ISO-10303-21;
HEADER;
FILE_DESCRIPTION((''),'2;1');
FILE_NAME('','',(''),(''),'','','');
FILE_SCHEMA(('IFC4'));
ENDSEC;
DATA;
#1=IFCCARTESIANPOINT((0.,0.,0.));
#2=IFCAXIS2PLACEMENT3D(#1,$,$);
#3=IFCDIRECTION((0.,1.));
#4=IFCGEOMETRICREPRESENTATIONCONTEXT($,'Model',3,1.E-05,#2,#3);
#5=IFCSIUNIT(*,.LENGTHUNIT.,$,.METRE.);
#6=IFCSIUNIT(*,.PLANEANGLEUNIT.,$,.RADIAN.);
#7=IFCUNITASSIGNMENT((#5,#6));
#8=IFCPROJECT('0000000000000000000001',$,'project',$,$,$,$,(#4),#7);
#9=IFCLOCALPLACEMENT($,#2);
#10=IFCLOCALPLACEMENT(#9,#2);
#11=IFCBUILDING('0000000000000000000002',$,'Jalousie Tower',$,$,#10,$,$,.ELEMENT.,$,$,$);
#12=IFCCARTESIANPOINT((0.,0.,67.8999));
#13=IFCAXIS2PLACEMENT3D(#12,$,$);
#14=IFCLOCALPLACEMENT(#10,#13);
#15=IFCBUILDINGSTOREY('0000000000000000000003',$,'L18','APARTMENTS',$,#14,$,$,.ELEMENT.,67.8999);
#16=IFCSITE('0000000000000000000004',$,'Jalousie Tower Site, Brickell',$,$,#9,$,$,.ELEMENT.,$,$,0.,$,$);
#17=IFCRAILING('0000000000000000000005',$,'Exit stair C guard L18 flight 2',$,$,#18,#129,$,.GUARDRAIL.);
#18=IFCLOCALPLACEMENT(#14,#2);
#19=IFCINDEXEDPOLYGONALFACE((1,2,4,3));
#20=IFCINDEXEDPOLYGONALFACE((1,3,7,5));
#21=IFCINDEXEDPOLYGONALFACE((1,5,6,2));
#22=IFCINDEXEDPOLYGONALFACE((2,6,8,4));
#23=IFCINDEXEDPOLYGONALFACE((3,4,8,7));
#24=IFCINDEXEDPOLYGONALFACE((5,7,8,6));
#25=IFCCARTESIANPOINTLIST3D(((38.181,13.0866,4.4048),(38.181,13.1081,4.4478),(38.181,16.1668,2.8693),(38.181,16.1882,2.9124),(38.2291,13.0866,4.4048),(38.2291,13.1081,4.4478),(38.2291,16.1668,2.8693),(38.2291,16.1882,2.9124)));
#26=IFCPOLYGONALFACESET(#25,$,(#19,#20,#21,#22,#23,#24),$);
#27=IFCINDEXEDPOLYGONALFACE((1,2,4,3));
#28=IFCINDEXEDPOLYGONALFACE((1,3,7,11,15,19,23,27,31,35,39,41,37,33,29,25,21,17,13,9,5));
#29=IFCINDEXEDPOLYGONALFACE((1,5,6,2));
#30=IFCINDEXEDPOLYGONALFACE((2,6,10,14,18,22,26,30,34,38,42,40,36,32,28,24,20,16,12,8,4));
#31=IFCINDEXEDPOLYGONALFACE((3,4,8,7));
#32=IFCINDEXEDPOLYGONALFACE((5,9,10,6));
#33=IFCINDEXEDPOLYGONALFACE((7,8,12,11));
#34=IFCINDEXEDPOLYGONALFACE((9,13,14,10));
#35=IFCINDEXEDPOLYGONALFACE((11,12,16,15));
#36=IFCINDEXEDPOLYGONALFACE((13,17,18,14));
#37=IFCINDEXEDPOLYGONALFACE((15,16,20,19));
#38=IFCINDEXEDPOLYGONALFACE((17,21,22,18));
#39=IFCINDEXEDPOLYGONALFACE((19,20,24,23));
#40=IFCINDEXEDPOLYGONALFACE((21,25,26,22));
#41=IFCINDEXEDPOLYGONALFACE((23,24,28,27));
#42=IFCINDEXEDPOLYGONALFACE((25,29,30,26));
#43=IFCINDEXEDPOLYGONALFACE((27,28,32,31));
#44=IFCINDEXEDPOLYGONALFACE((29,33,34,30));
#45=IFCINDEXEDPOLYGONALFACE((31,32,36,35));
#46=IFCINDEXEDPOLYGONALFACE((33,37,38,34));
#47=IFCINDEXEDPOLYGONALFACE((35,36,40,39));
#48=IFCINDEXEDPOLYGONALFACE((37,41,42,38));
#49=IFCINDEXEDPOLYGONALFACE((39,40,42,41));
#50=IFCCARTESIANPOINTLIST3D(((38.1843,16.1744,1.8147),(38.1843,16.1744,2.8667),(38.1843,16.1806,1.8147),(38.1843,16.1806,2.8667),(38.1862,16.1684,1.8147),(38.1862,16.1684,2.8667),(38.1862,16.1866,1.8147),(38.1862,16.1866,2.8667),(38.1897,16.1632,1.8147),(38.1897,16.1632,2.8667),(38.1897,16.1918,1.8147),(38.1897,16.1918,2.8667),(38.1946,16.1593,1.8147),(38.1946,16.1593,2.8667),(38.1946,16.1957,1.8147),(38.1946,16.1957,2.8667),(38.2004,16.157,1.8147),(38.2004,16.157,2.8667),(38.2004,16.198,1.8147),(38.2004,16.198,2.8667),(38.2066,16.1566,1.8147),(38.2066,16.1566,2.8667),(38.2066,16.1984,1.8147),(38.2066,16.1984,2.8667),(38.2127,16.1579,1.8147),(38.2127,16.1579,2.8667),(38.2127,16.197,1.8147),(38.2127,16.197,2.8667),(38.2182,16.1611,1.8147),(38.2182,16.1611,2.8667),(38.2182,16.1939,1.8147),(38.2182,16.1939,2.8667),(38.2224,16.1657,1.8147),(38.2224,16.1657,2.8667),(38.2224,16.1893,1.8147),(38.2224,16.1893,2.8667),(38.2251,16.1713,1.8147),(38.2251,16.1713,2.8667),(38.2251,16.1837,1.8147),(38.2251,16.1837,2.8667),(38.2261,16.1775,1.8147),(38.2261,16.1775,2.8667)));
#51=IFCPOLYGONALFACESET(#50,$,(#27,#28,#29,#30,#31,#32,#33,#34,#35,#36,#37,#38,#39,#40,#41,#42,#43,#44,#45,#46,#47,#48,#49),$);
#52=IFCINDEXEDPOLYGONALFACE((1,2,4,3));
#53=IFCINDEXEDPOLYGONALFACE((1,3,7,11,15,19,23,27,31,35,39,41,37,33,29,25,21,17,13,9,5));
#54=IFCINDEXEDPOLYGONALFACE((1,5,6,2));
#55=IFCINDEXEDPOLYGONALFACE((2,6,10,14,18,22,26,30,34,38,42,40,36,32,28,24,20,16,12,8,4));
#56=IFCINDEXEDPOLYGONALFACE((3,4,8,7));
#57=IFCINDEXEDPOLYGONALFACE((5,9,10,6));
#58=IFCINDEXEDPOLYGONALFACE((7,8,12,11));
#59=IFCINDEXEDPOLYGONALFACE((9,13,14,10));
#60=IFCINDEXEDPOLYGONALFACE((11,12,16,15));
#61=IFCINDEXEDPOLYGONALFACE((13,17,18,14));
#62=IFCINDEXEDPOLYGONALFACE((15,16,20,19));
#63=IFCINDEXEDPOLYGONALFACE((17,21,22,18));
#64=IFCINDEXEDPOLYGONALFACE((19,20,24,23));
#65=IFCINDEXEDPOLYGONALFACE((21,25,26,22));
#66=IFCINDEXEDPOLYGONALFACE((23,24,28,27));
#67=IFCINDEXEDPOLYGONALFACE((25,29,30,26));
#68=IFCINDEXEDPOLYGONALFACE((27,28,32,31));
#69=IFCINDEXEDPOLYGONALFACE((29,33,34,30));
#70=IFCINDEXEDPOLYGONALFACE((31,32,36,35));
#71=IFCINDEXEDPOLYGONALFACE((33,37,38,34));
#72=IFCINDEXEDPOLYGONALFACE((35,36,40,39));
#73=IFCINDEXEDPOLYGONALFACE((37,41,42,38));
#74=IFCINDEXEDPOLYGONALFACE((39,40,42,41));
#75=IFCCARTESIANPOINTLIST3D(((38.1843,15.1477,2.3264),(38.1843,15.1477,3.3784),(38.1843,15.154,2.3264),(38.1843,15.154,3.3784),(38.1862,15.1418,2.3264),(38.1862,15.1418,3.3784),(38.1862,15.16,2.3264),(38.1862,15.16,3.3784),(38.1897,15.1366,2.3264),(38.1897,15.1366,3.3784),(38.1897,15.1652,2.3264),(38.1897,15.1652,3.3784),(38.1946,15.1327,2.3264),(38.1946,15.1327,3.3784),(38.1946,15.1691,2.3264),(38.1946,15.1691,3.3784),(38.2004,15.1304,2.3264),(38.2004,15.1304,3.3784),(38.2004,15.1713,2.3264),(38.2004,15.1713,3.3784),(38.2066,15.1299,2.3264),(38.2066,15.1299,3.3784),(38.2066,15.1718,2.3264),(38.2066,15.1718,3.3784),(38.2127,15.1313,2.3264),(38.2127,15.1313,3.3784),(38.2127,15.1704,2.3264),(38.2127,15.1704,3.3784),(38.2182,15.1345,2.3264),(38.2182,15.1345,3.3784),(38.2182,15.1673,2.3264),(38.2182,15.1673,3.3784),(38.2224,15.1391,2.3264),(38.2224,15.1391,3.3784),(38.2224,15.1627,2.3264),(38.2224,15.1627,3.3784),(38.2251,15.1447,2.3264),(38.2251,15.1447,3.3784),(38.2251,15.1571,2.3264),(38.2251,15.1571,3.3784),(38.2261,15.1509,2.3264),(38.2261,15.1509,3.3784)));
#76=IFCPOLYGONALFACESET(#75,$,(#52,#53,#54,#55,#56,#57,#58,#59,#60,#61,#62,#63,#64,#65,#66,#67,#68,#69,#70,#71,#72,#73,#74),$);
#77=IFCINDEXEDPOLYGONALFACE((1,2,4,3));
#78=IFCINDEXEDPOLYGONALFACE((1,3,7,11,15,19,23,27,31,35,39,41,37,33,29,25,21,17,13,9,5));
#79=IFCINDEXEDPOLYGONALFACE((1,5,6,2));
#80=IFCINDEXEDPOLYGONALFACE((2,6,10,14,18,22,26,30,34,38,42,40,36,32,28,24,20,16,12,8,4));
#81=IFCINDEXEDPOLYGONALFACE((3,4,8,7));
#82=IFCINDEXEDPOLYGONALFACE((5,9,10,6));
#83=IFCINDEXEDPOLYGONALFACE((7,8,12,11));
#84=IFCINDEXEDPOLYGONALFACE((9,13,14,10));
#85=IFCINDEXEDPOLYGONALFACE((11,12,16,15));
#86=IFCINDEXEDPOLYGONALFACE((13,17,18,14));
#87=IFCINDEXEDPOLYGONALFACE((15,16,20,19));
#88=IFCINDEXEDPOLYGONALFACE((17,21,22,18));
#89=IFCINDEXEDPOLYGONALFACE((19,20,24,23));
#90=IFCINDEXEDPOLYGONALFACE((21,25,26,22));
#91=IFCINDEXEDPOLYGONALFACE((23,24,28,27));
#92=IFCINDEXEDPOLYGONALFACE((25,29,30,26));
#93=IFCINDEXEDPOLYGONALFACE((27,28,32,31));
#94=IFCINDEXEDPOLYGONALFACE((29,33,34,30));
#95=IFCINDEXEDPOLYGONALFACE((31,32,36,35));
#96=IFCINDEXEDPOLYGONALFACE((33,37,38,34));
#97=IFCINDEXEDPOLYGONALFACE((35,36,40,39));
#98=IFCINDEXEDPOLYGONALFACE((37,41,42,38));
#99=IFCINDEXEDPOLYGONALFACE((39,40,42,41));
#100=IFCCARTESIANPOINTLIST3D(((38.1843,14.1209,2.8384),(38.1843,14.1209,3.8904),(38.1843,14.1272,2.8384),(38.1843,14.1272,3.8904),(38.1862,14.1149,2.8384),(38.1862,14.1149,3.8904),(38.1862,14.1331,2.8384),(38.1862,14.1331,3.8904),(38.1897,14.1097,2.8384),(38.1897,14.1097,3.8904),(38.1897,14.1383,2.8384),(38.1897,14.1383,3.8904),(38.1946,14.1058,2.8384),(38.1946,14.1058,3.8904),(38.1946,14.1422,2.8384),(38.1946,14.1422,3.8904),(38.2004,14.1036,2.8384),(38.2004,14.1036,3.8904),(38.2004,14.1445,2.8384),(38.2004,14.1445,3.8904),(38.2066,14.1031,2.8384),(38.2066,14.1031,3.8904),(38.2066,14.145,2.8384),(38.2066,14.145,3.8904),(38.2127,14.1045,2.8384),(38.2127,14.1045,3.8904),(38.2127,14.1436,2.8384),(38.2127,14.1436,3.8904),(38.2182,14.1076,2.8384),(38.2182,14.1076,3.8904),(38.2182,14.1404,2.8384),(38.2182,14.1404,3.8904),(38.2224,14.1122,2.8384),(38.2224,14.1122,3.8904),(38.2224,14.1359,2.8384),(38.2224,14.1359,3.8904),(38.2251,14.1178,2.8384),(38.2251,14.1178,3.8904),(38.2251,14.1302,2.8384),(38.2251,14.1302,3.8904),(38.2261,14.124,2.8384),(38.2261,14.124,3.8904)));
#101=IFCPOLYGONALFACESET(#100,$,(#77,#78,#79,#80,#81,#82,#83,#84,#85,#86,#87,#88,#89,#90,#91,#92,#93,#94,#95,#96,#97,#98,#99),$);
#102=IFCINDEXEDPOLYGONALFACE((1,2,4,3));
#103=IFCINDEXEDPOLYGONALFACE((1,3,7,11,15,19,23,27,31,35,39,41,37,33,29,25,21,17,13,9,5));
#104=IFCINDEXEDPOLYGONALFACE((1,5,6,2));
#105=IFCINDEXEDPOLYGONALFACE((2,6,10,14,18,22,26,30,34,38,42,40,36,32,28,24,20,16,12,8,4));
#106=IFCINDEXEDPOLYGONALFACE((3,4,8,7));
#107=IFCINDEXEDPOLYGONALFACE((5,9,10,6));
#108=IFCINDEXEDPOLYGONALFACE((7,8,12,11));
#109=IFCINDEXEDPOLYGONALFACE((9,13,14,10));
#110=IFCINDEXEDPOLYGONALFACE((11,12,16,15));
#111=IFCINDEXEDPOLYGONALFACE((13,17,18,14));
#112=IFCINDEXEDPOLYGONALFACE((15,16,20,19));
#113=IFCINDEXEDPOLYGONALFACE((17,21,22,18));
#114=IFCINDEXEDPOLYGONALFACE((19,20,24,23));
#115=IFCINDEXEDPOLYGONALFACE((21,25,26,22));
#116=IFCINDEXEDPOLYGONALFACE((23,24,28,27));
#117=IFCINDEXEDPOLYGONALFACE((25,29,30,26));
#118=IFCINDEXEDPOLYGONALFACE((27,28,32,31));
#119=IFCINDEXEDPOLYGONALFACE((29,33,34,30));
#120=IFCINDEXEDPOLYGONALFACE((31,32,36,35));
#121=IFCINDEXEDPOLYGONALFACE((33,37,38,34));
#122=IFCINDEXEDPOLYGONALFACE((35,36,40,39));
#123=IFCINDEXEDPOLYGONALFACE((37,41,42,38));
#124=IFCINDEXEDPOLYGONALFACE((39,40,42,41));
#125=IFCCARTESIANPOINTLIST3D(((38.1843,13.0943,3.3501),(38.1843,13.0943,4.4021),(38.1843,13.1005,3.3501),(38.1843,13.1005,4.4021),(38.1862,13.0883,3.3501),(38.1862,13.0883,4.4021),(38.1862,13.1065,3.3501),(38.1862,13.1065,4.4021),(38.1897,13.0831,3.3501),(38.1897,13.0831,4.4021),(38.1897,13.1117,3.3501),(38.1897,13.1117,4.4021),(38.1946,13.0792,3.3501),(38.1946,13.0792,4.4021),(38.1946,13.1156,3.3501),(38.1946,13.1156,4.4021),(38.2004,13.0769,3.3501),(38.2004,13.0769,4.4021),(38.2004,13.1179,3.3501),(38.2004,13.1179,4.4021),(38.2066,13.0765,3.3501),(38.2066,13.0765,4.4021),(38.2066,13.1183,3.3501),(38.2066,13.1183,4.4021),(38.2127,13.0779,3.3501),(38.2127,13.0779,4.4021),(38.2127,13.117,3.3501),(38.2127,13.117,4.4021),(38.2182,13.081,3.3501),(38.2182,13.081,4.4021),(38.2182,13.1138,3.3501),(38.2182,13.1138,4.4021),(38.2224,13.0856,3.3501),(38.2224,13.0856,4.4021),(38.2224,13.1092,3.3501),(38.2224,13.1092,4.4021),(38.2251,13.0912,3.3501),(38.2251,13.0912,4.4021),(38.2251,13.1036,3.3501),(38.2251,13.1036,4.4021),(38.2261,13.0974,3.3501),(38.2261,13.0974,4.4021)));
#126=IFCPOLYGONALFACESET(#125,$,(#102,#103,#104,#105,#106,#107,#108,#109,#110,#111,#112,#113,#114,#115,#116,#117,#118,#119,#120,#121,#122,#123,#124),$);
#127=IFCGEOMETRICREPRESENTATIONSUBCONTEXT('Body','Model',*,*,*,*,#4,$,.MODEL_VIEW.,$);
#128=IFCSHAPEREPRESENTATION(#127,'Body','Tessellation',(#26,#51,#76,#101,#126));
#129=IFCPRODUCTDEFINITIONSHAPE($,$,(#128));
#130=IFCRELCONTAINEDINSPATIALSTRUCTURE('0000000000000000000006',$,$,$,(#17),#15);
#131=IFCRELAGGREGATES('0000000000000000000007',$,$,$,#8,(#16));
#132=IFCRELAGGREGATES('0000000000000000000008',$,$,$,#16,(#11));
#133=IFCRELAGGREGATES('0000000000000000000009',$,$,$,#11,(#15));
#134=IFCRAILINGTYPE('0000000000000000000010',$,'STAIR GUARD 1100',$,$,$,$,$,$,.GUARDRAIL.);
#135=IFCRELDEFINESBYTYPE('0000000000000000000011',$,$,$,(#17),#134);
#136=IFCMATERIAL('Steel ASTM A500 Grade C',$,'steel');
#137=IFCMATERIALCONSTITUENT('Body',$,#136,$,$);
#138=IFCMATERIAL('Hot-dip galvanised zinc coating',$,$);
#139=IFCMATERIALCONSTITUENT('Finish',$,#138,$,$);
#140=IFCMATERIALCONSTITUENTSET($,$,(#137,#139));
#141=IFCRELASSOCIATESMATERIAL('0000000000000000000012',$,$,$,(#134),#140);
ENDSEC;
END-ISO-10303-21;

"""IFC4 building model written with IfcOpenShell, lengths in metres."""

from ifc_helpers import new_model, si_unit, direction, frame, origin, origin_2d, place, context, subcontext, project, spatial, rectangle, circle, extrude, material, constituent, constituent_set, type_object, element, save


model = new_model("IFC4")

# Units and contexts
model_context = context("Model", 3, precision=1e-05, world=origin(), true_north=direction((0.0, 1.0)))
body_context = subcontext(model_context, "Body", "Model", "MODEL_VIEW")
ifc_project = project(units=[si_unit("LENGTHUNIT", "METRE"), si_unit("PLANEANGLEUNIT", "RADIAN")], contexts=[model_context])

# Site, building, storey
site_placement = place(None, origin())
site = spatial("IfcSite", under=ifc_project, at=site_placement, Name="Jalousie Tower Site, Brickell", CompositionType="ELEMENT", RefElevation=0.0)
building_placement = place(site_placement, origin())
building = spatial("IfcBuilding", under=site, at=building_placement, Name="Jalousie Tower", CompositionType="ELEMENT")
storey_placement = place(building_placement, frame((0.0, 0.0, 67.8999)))
storey = spatial("IfcBuildingStorey", under=building, at=storey_placement, Name="L18", Description="APARTMENTS", CompositionType="ELEMENT", Elevation=67.8999)

# Railing
ifc_material_1 = material(Name="Steel ASTM A500 Grade C", Category="steel")
ifc_constituent_1 = constituent(ifc_material_1, Name="Body")
ifc_material_2 = material(Name="Hot-dip galvanised zinc coating")
ifc_constituent_2 = constituent(ifc_material_2, Name="Finish")
ifc_constituent_set_1 = constituent_set(constituents=[ifc_constituent_1, ifc_constituent_2])
railing_type_1 = type_object("IfcRailingType", Name="STAIR GUARD 1100", PredefinedType="GUARDRAIL", material=ifc_constituent_set_1)
railing_1_placement = place(storey_placement, frame((38.2051, 16.1775, 1.8147)))
element("IfcRailing", 1, at=railing_1_placement, inside=storey, type_object=railing_type_1, Name="Exit stair C guard L18 flight 2", PredefinedType="GUARDRAIL", context=body_context, shape_type="SweptSolid", body=[
    extrude(rectangle(XDim=0.0481, YDim=0.0481, at=origin_2d()), frame((0.0, 0.0, 1.0762), z_axis=(0.0, -0.894966, 0.446135), x_axis=(1.0, 0.0, 0.0)), (0.0, 0.0, 1.0), 3.4417),
    extrude(circle(Radius=0.021, at=origin_2d()), origin(), (0.0, 0.0, 1.0), 1.052),
    extrude(circle(Radius=0.021, at=origin_2d()), frame((0.0, -1.0266, 0.5117)), (0.0, 0.0, 1.0), 1.052),
    extrude(circle(Radius=0.021, at=origin_2d()), frame((0.0, -2.0535, 1.0237)), (0.0, 0.0, 1.0), 1.052),
    extrude(circle(Radius=0.021, at=origin_2d()), frame((0.0, -3.0801, 1.5354)), (0.0, 0.0, 1.0), 1.052),
])

save(model, "model.ifc")
